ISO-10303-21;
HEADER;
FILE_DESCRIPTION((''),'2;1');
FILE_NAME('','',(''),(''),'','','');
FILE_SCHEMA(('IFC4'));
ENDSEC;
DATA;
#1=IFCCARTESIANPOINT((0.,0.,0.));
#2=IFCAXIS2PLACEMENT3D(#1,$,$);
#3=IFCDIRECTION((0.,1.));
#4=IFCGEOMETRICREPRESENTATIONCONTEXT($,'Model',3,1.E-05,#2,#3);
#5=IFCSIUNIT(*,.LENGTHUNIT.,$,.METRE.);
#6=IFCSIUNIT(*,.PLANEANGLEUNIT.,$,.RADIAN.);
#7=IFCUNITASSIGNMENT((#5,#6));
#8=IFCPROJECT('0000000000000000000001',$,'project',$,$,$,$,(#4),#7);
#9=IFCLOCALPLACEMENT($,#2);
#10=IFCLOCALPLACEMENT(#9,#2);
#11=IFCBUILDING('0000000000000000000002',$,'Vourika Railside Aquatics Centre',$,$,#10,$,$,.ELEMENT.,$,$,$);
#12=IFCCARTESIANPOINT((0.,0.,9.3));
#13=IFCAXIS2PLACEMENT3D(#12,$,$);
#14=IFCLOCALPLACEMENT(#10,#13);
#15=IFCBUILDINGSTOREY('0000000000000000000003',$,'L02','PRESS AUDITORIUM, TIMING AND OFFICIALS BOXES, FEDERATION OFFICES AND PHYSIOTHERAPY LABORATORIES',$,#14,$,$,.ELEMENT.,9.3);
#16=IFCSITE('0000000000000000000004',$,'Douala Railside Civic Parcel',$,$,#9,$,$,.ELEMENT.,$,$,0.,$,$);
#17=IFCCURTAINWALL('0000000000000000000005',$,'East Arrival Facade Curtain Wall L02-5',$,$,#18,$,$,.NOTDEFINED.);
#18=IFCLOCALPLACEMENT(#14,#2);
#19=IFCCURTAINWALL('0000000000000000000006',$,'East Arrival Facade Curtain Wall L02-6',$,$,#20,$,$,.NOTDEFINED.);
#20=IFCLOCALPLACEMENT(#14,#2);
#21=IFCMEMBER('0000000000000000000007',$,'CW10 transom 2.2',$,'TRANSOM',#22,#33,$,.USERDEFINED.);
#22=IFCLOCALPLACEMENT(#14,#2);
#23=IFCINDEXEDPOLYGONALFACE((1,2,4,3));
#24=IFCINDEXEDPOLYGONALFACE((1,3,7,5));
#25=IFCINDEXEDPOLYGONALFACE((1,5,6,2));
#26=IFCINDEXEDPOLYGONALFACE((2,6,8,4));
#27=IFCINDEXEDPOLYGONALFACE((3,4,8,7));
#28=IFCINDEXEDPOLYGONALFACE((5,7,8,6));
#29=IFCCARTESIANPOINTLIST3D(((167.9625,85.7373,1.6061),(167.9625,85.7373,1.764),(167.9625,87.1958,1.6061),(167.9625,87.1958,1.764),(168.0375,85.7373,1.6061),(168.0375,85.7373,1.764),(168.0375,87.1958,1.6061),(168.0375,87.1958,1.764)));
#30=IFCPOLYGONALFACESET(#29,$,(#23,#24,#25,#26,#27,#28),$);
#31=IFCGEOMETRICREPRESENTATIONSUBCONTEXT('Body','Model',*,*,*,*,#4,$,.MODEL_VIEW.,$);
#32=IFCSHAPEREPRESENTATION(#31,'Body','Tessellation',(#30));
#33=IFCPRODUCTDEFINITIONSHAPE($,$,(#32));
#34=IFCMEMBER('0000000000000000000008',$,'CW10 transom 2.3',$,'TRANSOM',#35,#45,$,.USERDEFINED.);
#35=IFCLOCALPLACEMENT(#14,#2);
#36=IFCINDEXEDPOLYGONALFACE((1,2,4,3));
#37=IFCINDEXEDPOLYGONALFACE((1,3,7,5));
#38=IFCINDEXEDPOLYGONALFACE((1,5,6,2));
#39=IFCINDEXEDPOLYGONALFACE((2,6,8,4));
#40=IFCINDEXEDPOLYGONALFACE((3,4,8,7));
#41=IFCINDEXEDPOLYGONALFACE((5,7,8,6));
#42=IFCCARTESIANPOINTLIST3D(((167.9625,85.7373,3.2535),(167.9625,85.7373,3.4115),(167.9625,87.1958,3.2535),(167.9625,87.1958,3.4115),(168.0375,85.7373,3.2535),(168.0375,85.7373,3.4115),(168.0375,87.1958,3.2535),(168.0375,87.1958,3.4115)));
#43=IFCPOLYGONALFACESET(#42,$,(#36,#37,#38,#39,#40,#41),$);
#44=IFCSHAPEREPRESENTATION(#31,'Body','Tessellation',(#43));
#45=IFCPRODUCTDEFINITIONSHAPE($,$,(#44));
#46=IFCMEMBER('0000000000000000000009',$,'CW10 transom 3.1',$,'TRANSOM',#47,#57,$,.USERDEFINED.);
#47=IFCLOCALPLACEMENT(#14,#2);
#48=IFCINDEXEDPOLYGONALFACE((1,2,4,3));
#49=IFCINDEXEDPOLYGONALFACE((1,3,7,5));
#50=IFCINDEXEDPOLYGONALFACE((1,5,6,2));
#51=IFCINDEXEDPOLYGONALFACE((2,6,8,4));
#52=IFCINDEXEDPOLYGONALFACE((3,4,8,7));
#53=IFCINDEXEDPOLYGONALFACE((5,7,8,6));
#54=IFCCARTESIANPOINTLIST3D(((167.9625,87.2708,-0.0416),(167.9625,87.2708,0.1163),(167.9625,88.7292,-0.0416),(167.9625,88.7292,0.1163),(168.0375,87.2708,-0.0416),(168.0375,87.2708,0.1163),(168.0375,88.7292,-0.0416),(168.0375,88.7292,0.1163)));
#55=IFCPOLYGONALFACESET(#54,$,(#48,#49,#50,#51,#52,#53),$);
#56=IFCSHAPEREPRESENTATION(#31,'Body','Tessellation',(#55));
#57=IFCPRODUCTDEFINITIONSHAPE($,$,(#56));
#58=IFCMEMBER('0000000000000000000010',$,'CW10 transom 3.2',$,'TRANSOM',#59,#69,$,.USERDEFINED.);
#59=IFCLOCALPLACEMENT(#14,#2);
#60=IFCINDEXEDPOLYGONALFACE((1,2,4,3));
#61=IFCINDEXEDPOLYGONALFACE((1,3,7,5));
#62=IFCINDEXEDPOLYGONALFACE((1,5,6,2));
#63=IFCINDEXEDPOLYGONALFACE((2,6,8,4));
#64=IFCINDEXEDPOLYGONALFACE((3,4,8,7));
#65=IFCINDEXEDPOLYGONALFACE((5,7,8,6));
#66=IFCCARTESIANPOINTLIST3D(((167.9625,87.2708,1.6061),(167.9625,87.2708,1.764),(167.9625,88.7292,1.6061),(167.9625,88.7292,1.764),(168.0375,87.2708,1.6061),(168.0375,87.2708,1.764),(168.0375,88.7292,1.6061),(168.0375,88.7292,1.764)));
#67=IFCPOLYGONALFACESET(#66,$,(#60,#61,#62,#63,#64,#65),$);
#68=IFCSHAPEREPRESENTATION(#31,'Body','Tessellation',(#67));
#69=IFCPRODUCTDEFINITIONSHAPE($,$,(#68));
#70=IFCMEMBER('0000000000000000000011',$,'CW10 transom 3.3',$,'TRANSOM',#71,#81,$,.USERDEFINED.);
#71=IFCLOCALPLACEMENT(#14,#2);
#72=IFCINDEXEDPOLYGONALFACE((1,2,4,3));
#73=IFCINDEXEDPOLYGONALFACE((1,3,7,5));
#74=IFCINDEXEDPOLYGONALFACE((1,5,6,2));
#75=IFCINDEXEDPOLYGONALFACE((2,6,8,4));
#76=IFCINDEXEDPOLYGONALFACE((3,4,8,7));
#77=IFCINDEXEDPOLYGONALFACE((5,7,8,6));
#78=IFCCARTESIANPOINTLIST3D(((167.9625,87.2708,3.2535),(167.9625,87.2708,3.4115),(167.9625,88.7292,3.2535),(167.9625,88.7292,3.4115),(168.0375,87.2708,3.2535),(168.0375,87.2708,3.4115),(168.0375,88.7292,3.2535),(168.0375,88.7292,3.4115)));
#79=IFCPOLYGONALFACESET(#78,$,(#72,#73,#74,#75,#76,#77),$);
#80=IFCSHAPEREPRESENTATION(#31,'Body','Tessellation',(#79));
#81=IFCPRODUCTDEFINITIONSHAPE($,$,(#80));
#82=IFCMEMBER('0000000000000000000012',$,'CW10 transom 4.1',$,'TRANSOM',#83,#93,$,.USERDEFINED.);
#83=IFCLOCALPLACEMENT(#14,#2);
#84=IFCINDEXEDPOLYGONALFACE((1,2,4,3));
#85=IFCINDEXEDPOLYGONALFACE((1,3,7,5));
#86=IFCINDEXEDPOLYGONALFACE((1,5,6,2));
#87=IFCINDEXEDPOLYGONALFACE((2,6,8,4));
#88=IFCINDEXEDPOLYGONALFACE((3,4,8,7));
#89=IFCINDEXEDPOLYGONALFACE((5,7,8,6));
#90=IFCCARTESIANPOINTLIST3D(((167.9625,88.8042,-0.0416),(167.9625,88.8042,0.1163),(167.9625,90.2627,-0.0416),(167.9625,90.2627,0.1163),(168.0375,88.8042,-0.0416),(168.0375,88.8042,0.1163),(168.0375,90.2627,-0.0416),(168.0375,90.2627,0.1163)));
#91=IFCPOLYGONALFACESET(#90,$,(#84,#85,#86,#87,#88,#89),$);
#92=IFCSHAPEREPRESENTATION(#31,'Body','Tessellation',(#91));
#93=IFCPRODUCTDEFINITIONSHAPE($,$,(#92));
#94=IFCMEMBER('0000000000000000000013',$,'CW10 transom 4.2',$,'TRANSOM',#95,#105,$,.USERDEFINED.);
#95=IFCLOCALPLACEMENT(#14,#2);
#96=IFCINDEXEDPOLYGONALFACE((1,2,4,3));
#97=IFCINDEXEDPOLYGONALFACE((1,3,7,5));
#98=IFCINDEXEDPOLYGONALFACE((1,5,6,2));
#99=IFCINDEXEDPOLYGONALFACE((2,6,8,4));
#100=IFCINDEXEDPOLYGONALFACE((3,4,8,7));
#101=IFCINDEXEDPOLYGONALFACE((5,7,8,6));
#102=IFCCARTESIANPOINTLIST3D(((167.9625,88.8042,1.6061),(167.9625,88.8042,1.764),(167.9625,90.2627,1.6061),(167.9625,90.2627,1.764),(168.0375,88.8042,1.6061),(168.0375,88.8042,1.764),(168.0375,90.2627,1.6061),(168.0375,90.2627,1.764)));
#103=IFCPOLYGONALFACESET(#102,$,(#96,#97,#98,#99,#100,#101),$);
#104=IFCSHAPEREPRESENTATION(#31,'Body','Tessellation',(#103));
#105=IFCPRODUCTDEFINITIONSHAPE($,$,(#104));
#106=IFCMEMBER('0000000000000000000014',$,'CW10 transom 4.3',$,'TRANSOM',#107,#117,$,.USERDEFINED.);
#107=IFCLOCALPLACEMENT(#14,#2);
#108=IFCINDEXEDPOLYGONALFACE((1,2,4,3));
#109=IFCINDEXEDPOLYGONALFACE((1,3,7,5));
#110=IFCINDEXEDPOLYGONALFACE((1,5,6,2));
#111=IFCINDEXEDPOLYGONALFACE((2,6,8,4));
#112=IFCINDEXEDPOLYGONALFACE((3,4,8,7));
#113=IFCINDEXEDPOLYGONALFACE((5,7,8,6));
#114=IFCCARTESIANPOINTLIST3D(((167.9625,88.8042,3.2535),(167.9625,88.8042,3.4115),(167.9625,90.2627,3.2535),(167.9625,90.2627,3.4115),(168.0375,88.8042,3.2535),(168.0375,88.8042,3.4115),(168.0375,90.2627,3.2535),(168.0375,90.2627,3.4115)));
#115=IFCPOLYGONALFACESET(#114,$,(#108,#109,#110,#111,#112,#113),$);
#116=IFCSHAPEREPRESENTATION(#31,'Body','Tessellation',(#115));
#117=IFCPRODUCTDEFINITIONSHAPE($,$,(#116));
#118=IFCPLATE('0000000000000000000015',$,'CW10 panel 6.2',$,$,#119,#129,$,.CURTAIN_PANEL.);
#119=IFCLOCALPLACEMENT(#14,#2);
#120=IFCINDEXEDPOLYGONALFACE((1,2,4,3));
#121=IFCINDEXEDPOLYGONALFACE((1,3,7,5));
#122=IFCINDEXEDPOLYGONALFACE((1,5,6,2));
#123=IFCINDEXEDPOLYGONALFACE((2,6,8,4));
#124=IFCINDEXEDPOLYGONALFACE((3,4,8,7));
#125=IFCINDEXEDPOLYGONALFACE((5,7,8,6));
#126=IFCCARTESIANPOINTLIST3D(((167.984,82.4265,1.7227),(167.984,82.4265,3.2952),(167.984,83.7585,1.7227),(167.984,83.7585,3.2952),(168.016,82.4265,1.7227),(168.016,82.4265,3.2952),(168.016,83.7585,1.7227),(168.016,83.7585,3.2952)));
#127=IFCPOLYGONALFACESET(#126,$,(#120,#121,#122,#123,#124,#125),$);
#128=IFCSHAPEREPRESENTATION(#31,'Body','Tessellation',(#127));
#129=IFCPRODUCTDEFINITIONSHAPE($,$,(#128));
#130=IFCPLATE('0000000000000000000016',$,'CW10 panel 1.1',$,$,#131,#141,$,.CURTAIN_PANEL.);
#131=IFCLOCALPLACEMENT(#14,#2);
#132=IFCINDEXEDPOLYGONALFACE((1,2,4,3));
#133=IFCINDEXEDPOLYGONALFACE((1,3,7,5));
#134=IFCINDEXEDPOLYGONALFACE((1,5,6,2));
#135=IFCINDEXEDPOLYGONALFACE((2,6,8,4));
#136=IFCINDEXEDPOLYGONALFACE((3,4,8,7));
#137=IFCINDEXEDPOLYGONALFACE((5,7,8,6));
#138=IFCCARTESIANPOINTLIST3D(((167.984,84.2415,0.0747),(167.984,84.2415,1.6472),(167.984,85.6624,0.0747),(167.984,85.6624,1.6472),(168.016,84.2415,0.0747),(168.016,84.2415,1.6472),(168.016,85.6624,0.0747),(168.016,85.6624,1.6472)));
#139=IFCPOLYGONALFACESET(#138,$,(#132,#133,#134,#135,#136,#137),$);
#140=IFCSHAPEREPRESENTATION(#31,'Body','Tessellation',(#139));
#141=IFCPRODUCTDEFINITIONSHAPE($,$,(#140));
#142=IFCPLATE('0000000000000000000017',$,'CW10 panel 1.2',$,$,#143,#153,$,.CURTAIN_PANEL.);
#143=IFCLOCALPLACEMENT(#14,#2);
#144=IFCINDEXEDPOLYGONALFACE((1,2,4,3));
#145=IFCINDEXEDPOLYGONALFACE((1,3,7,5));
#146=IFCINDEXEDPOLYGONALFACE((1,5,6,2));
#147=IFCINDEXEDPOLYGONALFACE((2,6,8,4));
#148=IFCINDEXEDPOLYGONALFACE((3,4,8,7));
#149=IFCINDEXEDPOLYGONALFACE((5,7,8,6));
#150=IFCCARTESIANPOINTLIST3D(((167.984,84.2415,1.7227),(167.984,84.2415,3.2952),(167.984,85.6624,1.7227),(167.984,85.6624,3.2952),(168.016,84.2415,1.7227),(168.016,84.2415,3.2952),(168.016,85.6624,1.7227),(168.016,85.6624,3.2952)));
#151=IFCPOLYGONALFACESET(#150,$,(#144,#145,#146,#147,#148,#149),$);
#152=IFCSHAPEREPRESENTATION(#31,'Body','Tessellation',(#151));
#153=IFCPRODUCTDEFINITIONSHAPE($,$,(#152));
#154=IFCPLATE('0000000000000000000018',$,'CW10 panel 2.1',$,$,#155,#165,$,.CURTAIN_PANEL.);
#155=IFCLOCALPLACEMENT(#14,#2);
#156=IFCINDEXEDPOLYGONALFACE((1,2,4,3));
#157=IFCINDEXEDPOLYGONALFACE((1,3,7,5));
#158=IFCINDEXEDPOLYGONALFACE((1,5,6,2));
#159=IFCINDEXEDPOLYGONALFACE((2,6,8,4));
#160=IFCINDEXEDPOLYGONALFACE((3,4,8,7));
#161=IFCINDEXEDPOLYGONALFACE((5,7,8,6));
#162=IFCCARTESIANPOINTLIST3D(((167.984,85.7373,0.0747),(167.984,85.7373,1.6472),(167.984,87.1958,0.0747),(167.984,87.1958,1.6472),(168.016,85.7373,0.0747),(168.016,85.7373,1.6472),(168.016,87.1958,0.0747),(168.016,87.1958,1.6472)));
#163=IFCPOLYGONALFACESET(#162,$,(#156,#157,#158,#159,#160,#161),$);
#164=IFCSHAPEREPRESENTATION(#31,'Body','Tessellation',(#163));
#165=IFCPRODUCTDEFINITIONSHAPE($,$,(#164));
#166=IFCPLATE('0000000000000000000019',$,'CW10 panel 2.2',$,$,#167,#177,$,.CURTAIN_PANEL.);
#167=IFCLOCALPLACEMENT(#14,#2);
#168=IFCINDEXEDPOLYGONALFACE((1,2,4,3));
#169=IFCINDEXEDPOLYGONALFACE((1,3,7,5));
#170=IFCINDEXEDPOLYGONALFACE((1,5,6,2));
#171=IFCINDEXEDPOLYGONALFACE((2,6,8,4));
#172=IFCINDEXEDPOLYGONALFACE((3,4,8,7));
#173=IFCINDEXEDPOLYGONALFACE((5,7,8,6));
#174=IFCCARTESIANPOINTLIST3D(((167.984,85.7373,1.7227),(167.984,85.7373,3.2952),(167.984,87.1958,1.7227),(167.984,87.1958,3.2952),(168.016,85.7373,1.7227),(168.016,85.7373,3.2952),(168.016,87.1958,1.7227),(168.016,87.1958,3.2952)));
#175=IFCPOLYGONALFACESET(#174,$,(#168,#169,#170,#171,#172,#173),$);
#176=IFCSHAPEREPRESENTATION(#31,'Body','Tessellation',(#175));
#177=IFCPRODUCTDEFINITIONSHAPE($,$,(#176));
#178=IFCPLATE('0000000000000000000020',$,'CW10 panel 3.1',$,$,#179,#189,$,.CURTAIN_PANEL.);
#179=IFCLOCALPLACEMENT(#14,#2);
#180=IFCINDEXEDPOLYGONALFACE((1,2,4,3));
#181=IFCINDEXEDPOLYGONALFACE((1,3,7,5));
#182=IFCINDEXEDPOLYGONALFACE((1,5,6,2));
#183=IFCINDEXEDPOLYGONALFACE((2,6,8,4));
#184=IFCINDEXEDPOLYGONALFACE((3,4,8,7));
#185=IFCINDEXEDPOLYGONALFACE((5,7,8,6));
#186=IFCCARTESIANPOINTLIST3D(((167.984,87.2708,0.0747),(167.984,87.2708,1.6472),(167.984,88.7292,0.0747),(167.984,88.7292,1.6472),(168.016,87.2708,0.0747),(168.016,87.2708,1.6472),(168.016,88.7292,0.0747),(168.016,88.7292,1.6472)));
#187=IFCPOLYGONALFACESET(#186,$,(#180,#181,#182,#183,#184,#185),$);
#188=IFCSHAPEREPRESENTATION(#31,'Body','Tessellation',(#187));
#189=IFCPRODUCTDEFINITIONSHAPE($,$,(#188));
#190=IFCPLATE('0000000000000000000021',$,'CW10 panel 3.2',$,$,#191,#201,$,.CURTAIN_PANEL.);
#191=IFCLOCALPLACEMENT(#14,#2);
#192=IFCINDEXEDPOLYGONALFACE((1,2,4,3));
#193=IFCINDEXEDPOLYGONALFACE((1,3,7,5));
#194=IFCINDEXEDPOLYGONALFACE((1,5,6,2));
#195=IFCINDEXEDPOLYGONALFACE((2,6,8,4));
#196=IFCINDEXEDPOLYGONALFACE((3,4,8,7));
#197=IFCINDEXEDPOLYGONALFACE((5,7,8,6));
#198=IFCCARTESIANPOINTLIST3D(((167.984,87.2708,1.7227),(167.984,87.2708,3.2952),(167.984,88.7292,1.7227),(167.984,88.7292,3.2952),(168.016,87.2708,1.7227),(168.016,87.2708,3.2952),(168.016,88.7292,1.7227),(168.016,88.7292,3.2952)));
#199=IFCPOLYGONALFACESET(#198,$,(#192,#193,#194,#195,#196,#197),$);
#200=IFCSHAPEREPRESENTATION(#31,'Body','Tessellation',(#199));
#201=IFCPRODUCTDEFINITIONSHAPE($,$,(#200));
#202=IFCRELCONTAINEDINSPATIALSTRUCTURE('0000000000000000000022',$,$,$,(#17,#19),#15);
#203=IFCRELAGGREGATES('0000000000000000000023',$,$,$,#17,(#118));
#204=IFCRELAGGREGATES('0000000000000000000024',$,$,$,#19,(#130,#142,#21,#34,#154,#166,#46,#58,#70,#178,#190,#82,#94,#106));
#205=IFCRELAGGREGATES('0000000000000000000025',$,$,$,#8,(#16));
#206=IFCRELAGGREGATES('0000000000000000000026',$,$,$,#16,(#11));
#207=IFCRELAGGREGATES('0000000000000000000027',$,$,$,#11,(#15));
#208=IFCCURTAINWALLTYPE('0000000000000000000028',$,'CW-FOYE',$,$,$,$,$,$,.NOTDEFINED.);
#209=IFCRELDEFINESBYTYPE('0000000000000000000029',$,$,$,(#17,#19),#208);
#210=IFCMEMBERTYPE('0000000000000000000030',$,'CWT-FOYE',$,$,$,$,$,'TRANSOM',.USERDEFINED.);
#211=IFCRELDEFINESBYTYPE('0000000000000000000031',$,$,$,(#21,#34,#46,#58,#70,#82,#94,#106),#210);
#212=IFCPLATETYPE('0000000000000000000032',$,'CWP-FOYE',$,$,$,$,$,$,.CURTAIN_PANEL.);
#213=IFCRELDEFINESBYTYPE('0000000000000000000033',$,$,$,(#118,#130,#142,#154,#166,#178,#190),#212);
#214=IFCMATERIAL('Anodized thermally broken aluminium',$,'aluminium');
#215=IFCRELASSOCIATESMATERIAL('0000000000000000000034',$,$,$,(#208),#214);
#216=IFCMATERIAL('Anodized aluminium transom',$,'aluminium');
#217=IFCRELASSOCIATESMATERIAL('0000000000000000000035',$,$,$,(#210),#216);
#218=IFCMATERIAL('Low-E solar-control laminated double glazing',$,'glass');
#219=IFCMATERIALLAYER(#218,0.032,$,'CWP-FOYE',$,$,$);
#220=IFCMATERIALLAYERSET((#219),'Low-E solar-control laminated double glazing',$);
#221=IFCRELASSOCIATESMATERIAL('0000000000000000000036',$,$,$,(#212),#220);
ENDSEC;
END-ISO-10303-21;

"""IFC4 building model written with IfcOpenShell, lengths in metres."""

from ifc_helpers import new_model, si_unit, direction, frame, origin, origin_2d, place, context, subcontext, project, spatial, rectangle, extrude, material, layer, layer_set, material_profile, profile_set, type_object, element, aggregate, save


model = new_model("IFC4")

# Units and contexts
model_context = context("Model", 3, precision=1e-05, world=origin(), true_north=direction((0.0, 1.0)))
body_context = subcontext(model_context, "Body", "Model", "MODEL_VIEW")
ifc_project = project(units=[si_unit("LENGTHUNIT", "METRE"), si_unit("PLANEANGLEUNIT", "RADIAN")], contexts=[model_context])

# Site, building, storey
site_placement = place(None, origin())
site = spatial("IfcSite", under=ifc_project, at=site_placement, Name="Douala Railside Civic Parcel", CompositionType="ELEMENT", RefElevation=0.0)
building_placement = place(site_placement, origin())
building = spatial("IfcBuilding", under=site, at=building_placement, Name="Vourika Railside Aquatics Centre", CompositionType="ELEMENT")
storey_placement = place(building_placement, frame((0.0, 0.0, 9.3)))
storey = spatial("IfcBuildingStorey", under=building, at=storey_placement, Name="L02", Description="PRESS AUDITORIUM, TIMING AND OFFICIALS BOXES, FEDERATION OFFICES AND PHYSIOTHERAPY LABORATORIES", CompositionType="ELEMENT", Elevation=9.3)

# Curtain wall
ifc_material_1 = material(Name="Anodized thermally broken aluminium", Category="aluminium")
curtain_wall_type = type_object("IfcCurtainWallType", Name="CW-FOYE", PredefinedType="NOTDEFINED", material=ifc_material_1)
curtain_wall_1_placement = place(storey_placement, origin())
curtain_wall_1 = element("IfcCurtainWall", 1, at=curtain_wall_1_placement, inside=storey, type_object=curtain_wall_type, Name="East Arrival Facade Curtain Wall L02-5", PredefinedType="NOTDEFINED")

# Curtain wall, members
curtain_wall_2_placement = place(storey_placement, origin())
curtain_wall_2 = element("IfcCurtainWall", 2, at=curtain_wall_2_placement, inside=storey, type_object=curtain_wall_type, Name="East Arrival Facade Curtain Wall L02-6", PredefinedType="NOTDEFINED")
ifc_material_2 = material(Name="Anodized aluminium transom", Category="aluminium")
ifc_material_profile_1 = material_profile(ifc_material_2, rectangle(XDim=0.075, YDim=0.158, at=origin_2d()), Name="ALU-T 75x158")
ifc_profile_set_1 = profile_set([ifc_material_profile_1], Name="Anodized aluminium transom")
member_type_1 = type_object("IfcMemberType", Name="CWT-FOYE", ElementType="TRANSOM", PredefinedType="USERDEFINED", material=ifc_profile_set_1)
member_1_placement = place(storey_placement, frame((168.0, 85.7373, 1.6851), z_axis=(0.0, 1.0, 0.0), x_axis=(-1.0, 0.0, 0.0)))
member_1 = element("IfcMember", 3, at=member_1_placement, type_object=member_type_1, Name="CW10 transom 2.2", ObjectType="TRANSOM", PredefinedType="USERDEFINED", context=body_context, shape_type="SweptSolid", body=[
    extrude(rectangle(XDim=0.075, YDim=0.158, at=origin_2d()), origin(), (0.0, 0.0, 1.0), 1.4585),
])
member_2_placement = place(storey_placement, frame((168.0, 85.7373, 3.3325), z_axis=(0.0, 1.0, 0.0), x_axis=(-1.0, 0.0, 0.0)))
member_2 = element("IfcMember", 4, at=member_2_placement, type_object=member_type_1, Name="CW10 transom 2.3", ObjectType="TRANSOM", PredefinedType="USERDEFINED", context=body_context, shape_type="SweptSolid", body=[
    extrude(rectangle(XDim=0.075, YDim=0.158, at=origin_2d()), origin(), (0.0, 0.0, 1.0), 1.4585),
])
member_3_placement = place(storey_placement, frame((168.0, 87.2708, 0.0374), z_axis=(0.0, 1.0, 0.0), x_axis=(-1.0, 0.0, 0.0)))
member_3 = element("IfcMember", 5, at=member_3_placement, type_object=member_type_1, Name="CW10 transom 3.1", ObjectType="TRANSOM", PredefinedType="USERDEFINED", context=body_context, shape_type="SweptSolid", body=[
    extrude(rectangle(XDim=0.075, YDim=0.158, at=origin_2d()), origin(), (0.0, 0.0, 1.0), 1.4585),
])
member_4_placement = place(storey_placement, frame((168.0, 87.2708, 1.6851), z_axis=(0.0, 1.0, 0.0), x_axis=(-1.0, 0.0, 0.0)))
member_4 = element("IfcMember", 6, at=member_4_placement, type_object=member_type_1, Name="CW10 transom 3.2", ObjectType="TRANSOM", PredefinedType="USERDEFINED", context=body_context, shape_type="SweptSolid", body=[
    extrude(rectangle(XDim=0.075, YDim=0.158, at=origin_2d()), origin(), (0.0, 0.0, 1.0), 1.4585),
])
member_5_placement = place(storey_placement, frame((168.0, 87.2708, 3.3325), z_axis=(0.0, 1.0, 0.0), x_axis=(-1.0, 0.0, 0.0)))
member_5 = element("IfcMember", 7, at=member_5_placement, type_object=member_type_1, Name="CW10 transom 3.3", ObjectType="TRANSOM", PredefinedType="USERDEFINED", context=body_context, shape_type="SweptSolid", body=[
    extrude(rectangle(XDim=0.075, YDim=0.158, at=origin_2d()), origin(), (0.0, 0.0, 1.0), 1.4585),
])
member_6_placement = place(storey_placement, frame((168.0, 88.8042, 0.0374), z_axis=(0.0, 1.0, 0.0), x_axis=(-1.0, 0.0, 0.0)))
member_6 = element("IfcMember", 8, at=member_6_placement, type_object=member_type_1, Name="CW10 transom 4.1", ObjectType="TRANSOM", PredefinedType="USERDEFINED", context=body_context, shape_type="SweptSolid", body=[
    extrude(rectangle(XDim=0.075, YDim=0.158, at=origin_2d()), origin(), (0.0, 0.0, 1.0), 1.4585),
])
member_7_placement = place(storey_placement, frame((168.0, 88.8042, 1.6851), z_axis=(0.0, 1.0, 0.0), x_axis=(-1.0, 0.0, 0.0)))
member_7 = element("IfcMember", 9, at=member_7_placement, type_object=member_type_1, Name="CW10 transom 4.2", ObjectType="TRANSOM", PredefinedType="USERDEFINED", context=body_context, shape_type="SweptSolid", body=[
    extrude(rectangle(XDim=0.075, YDim=0.158, at=origin_2d()), origin(), (0.0, 0.0, 1.0), 1.4585),
])
member_8_placement = place(storey_placement, frame((168.0, 88.8042, 3.3325), z_axis=(0.0, 1.0, 0.0), x_axis=(-1.0, 0.0, 0.0)))
member_8 = element("IfcMember", 10, at=member_8_placement, type_object=member_type_1, Name="CW10 transom 4.3", ObjectType="TRANSOM", PredefinedType="USERDEFINED", context=body_context, shape_type="SweptSolid", body=[
    extrude(rectangle(XDim=0.075, YDim=0.158, at=origin_2d()), origin(), (0.0, 0.0, 1.0), 1.4585),
])

# Plates
ifc_material_3 = material(Name="Low-E solar-control laminated double glazing", Category="glass")
ifc_layer_1 = layer(ifc_material_3, 0.032, Name="CWP-FOYE")
ifc_layer_set_1 = layer_set([ifc_layer_1], Name="Low-E solar-control laminated double glazing")
plate_type_1 = type_object("IfcPlateType", Name="CWP-FOYE", PredefinedType="CURTAIN_PANEL", material=ifc_layer_set_1)
plate_1_placement = place(storey_placement, frame((168.0, 83.0925, 1.7227), z_axis=(0.0, 0.0, 1.0), x_axis=(0.0, 1.0, 0.0)))
plate_1 = element("IfcPlate", 11, at=plate_1_placement, type_object=plate_type_1, Name="CW10 panel 6.2", PredefinedType="CURTAIN_PANEL", context=body_context, shape_type="SweptSolid", body=[
    extrude(rectangle(XDim=1.332, YDim=0.032, at=origin_2d()), origin(), (0.0, 0.0, 1.0), 1.5725),
])
aggregate(curtain_wall_1, [plate_1])
plate_2_placement = place(storey_placement, frame((168.0, 84.9519, 0.0747), z_axis=(0.0, 0.0, 1.0), x_axis=(0.0, 1.0, 0.0)))
plate_2 = element("IfcPlate", 12, at=plate_2_placement, type_object=plate_type_1, Name="CW10 panel 1.1", PredefinedType="CURTAIN_PANEL", context=body_context, shape_type="SweptSolid", body=[
    extrude(rectangle(XDim=1.4209, YDim=0.032, at=origin_2d()), origin(), (0.0, 0.0, 1.0), 1.5725),
])
plate_3_placement = place(storey_placement, frame((168.0, 84.9519, 1.7227), z_axis=(0.0, 0.0, 1.0), x_axis=(0.0, 1.0, 0.0)))
plate_3 = element("IfcPlate", 13, at=plate_3_placement, type_object=plate_type_1, Name="CW10 panel 1.2", PredefinedType="CURTAIN_PANEL", context=body_context, shape_type="SweptSolid", body=[
    extrude(rectangle(XDim=1.4209, YDim=0.032, at=origin_2d()), origin(), (0.0, 0.0, 1.0), 1.5725),
])
plate_4_placement = place(storey_placement, frame((168.0, 86.4666, 0.0747), z_axis=(0.0, 0.0, 1.0), x_axis=(0.0, 1.0, 0.0)))
plate_4 = element("IfcPlate", 14, at=plate_4_placement, type_object=plate_type_1, Name="CW10 panel 2.1", PredefinedType="CURTAIN_PANEL", context=body_context, shape_type="SweptSolid", body=[
    extrude(rectangle(XDim=1.4585, YDim=0.032, at=origin_2d()), origin(), (0.0, 0.0, 1.0), 1.5725),
])
plate_5_placement = place(storey_placement, frame((168.0, 86.4666, 1.7227), z_axis=(0.0, 0.0, 1.0), x_axis=(0.0, 1.0, 0.0)))
plate_5 = element("IfcPlate", 15, at=plate_5_placement, type_object=plate_type_1, Name="CW10 panel 2.2", PredefinedType="CURTAIN_PANEL", context=body_context, shape_type="SweptSolid", body=[
    extrude(rectangle(XDim=1.4585, YDim=0.032, at=origin_2d()), origin(), (0.0, 0.0, 1.0), 1.5725),
])
plate_6_placement = place(storey_placement, frame((168.0, 88.0, 0.0747), z_axis=(0.0, 0.0, 1.0), x_axis=(0.0, 1.0, 0.0)))
plate_6 = element("IfcPlate", 16, at=plate_6_placement, type_object=plate_type_1, Name="CW10 panel 3.1", PredefinedType="CURTAIN_PANEL", context=body_context, shape_type="SweptSolid", body=[
    extrude(rectangle(XDim=1.4585, YDim=0.032, at=origin_2d()), origin(), (0.0, 0.0, 1.0), 1.5725),
])
plate_7_placement = place(storey_placement, frame((168.0, 88.0, 1.7227), z_axis=(0.0, 0.0, 1.0), x_axis=(0.0, 1.0, 0.0)))
plate_7 = element("IfcPlate", 17, at=plate_7_placement, type_object=plate_type_1, Name="CW10 panel 3.2", PredefinedType="CURTAIN_PANEL", context=body_context, shape_type="SweptSolid", body=[
    extrude(rectangle(XDim=1.4585, YDim=0.032, at=origin_2d()), origin(), (0.0, 0.0, 1.0), 1.5725),
])
aggregate(curtain_wall_2, [plate_2, plate_3, member_1, member_2, plate_4, plate_5, member_3, member_4, member_5, plate_6, plate_7, member_6, member_7, member_8])

save(model, "model.ifc")
